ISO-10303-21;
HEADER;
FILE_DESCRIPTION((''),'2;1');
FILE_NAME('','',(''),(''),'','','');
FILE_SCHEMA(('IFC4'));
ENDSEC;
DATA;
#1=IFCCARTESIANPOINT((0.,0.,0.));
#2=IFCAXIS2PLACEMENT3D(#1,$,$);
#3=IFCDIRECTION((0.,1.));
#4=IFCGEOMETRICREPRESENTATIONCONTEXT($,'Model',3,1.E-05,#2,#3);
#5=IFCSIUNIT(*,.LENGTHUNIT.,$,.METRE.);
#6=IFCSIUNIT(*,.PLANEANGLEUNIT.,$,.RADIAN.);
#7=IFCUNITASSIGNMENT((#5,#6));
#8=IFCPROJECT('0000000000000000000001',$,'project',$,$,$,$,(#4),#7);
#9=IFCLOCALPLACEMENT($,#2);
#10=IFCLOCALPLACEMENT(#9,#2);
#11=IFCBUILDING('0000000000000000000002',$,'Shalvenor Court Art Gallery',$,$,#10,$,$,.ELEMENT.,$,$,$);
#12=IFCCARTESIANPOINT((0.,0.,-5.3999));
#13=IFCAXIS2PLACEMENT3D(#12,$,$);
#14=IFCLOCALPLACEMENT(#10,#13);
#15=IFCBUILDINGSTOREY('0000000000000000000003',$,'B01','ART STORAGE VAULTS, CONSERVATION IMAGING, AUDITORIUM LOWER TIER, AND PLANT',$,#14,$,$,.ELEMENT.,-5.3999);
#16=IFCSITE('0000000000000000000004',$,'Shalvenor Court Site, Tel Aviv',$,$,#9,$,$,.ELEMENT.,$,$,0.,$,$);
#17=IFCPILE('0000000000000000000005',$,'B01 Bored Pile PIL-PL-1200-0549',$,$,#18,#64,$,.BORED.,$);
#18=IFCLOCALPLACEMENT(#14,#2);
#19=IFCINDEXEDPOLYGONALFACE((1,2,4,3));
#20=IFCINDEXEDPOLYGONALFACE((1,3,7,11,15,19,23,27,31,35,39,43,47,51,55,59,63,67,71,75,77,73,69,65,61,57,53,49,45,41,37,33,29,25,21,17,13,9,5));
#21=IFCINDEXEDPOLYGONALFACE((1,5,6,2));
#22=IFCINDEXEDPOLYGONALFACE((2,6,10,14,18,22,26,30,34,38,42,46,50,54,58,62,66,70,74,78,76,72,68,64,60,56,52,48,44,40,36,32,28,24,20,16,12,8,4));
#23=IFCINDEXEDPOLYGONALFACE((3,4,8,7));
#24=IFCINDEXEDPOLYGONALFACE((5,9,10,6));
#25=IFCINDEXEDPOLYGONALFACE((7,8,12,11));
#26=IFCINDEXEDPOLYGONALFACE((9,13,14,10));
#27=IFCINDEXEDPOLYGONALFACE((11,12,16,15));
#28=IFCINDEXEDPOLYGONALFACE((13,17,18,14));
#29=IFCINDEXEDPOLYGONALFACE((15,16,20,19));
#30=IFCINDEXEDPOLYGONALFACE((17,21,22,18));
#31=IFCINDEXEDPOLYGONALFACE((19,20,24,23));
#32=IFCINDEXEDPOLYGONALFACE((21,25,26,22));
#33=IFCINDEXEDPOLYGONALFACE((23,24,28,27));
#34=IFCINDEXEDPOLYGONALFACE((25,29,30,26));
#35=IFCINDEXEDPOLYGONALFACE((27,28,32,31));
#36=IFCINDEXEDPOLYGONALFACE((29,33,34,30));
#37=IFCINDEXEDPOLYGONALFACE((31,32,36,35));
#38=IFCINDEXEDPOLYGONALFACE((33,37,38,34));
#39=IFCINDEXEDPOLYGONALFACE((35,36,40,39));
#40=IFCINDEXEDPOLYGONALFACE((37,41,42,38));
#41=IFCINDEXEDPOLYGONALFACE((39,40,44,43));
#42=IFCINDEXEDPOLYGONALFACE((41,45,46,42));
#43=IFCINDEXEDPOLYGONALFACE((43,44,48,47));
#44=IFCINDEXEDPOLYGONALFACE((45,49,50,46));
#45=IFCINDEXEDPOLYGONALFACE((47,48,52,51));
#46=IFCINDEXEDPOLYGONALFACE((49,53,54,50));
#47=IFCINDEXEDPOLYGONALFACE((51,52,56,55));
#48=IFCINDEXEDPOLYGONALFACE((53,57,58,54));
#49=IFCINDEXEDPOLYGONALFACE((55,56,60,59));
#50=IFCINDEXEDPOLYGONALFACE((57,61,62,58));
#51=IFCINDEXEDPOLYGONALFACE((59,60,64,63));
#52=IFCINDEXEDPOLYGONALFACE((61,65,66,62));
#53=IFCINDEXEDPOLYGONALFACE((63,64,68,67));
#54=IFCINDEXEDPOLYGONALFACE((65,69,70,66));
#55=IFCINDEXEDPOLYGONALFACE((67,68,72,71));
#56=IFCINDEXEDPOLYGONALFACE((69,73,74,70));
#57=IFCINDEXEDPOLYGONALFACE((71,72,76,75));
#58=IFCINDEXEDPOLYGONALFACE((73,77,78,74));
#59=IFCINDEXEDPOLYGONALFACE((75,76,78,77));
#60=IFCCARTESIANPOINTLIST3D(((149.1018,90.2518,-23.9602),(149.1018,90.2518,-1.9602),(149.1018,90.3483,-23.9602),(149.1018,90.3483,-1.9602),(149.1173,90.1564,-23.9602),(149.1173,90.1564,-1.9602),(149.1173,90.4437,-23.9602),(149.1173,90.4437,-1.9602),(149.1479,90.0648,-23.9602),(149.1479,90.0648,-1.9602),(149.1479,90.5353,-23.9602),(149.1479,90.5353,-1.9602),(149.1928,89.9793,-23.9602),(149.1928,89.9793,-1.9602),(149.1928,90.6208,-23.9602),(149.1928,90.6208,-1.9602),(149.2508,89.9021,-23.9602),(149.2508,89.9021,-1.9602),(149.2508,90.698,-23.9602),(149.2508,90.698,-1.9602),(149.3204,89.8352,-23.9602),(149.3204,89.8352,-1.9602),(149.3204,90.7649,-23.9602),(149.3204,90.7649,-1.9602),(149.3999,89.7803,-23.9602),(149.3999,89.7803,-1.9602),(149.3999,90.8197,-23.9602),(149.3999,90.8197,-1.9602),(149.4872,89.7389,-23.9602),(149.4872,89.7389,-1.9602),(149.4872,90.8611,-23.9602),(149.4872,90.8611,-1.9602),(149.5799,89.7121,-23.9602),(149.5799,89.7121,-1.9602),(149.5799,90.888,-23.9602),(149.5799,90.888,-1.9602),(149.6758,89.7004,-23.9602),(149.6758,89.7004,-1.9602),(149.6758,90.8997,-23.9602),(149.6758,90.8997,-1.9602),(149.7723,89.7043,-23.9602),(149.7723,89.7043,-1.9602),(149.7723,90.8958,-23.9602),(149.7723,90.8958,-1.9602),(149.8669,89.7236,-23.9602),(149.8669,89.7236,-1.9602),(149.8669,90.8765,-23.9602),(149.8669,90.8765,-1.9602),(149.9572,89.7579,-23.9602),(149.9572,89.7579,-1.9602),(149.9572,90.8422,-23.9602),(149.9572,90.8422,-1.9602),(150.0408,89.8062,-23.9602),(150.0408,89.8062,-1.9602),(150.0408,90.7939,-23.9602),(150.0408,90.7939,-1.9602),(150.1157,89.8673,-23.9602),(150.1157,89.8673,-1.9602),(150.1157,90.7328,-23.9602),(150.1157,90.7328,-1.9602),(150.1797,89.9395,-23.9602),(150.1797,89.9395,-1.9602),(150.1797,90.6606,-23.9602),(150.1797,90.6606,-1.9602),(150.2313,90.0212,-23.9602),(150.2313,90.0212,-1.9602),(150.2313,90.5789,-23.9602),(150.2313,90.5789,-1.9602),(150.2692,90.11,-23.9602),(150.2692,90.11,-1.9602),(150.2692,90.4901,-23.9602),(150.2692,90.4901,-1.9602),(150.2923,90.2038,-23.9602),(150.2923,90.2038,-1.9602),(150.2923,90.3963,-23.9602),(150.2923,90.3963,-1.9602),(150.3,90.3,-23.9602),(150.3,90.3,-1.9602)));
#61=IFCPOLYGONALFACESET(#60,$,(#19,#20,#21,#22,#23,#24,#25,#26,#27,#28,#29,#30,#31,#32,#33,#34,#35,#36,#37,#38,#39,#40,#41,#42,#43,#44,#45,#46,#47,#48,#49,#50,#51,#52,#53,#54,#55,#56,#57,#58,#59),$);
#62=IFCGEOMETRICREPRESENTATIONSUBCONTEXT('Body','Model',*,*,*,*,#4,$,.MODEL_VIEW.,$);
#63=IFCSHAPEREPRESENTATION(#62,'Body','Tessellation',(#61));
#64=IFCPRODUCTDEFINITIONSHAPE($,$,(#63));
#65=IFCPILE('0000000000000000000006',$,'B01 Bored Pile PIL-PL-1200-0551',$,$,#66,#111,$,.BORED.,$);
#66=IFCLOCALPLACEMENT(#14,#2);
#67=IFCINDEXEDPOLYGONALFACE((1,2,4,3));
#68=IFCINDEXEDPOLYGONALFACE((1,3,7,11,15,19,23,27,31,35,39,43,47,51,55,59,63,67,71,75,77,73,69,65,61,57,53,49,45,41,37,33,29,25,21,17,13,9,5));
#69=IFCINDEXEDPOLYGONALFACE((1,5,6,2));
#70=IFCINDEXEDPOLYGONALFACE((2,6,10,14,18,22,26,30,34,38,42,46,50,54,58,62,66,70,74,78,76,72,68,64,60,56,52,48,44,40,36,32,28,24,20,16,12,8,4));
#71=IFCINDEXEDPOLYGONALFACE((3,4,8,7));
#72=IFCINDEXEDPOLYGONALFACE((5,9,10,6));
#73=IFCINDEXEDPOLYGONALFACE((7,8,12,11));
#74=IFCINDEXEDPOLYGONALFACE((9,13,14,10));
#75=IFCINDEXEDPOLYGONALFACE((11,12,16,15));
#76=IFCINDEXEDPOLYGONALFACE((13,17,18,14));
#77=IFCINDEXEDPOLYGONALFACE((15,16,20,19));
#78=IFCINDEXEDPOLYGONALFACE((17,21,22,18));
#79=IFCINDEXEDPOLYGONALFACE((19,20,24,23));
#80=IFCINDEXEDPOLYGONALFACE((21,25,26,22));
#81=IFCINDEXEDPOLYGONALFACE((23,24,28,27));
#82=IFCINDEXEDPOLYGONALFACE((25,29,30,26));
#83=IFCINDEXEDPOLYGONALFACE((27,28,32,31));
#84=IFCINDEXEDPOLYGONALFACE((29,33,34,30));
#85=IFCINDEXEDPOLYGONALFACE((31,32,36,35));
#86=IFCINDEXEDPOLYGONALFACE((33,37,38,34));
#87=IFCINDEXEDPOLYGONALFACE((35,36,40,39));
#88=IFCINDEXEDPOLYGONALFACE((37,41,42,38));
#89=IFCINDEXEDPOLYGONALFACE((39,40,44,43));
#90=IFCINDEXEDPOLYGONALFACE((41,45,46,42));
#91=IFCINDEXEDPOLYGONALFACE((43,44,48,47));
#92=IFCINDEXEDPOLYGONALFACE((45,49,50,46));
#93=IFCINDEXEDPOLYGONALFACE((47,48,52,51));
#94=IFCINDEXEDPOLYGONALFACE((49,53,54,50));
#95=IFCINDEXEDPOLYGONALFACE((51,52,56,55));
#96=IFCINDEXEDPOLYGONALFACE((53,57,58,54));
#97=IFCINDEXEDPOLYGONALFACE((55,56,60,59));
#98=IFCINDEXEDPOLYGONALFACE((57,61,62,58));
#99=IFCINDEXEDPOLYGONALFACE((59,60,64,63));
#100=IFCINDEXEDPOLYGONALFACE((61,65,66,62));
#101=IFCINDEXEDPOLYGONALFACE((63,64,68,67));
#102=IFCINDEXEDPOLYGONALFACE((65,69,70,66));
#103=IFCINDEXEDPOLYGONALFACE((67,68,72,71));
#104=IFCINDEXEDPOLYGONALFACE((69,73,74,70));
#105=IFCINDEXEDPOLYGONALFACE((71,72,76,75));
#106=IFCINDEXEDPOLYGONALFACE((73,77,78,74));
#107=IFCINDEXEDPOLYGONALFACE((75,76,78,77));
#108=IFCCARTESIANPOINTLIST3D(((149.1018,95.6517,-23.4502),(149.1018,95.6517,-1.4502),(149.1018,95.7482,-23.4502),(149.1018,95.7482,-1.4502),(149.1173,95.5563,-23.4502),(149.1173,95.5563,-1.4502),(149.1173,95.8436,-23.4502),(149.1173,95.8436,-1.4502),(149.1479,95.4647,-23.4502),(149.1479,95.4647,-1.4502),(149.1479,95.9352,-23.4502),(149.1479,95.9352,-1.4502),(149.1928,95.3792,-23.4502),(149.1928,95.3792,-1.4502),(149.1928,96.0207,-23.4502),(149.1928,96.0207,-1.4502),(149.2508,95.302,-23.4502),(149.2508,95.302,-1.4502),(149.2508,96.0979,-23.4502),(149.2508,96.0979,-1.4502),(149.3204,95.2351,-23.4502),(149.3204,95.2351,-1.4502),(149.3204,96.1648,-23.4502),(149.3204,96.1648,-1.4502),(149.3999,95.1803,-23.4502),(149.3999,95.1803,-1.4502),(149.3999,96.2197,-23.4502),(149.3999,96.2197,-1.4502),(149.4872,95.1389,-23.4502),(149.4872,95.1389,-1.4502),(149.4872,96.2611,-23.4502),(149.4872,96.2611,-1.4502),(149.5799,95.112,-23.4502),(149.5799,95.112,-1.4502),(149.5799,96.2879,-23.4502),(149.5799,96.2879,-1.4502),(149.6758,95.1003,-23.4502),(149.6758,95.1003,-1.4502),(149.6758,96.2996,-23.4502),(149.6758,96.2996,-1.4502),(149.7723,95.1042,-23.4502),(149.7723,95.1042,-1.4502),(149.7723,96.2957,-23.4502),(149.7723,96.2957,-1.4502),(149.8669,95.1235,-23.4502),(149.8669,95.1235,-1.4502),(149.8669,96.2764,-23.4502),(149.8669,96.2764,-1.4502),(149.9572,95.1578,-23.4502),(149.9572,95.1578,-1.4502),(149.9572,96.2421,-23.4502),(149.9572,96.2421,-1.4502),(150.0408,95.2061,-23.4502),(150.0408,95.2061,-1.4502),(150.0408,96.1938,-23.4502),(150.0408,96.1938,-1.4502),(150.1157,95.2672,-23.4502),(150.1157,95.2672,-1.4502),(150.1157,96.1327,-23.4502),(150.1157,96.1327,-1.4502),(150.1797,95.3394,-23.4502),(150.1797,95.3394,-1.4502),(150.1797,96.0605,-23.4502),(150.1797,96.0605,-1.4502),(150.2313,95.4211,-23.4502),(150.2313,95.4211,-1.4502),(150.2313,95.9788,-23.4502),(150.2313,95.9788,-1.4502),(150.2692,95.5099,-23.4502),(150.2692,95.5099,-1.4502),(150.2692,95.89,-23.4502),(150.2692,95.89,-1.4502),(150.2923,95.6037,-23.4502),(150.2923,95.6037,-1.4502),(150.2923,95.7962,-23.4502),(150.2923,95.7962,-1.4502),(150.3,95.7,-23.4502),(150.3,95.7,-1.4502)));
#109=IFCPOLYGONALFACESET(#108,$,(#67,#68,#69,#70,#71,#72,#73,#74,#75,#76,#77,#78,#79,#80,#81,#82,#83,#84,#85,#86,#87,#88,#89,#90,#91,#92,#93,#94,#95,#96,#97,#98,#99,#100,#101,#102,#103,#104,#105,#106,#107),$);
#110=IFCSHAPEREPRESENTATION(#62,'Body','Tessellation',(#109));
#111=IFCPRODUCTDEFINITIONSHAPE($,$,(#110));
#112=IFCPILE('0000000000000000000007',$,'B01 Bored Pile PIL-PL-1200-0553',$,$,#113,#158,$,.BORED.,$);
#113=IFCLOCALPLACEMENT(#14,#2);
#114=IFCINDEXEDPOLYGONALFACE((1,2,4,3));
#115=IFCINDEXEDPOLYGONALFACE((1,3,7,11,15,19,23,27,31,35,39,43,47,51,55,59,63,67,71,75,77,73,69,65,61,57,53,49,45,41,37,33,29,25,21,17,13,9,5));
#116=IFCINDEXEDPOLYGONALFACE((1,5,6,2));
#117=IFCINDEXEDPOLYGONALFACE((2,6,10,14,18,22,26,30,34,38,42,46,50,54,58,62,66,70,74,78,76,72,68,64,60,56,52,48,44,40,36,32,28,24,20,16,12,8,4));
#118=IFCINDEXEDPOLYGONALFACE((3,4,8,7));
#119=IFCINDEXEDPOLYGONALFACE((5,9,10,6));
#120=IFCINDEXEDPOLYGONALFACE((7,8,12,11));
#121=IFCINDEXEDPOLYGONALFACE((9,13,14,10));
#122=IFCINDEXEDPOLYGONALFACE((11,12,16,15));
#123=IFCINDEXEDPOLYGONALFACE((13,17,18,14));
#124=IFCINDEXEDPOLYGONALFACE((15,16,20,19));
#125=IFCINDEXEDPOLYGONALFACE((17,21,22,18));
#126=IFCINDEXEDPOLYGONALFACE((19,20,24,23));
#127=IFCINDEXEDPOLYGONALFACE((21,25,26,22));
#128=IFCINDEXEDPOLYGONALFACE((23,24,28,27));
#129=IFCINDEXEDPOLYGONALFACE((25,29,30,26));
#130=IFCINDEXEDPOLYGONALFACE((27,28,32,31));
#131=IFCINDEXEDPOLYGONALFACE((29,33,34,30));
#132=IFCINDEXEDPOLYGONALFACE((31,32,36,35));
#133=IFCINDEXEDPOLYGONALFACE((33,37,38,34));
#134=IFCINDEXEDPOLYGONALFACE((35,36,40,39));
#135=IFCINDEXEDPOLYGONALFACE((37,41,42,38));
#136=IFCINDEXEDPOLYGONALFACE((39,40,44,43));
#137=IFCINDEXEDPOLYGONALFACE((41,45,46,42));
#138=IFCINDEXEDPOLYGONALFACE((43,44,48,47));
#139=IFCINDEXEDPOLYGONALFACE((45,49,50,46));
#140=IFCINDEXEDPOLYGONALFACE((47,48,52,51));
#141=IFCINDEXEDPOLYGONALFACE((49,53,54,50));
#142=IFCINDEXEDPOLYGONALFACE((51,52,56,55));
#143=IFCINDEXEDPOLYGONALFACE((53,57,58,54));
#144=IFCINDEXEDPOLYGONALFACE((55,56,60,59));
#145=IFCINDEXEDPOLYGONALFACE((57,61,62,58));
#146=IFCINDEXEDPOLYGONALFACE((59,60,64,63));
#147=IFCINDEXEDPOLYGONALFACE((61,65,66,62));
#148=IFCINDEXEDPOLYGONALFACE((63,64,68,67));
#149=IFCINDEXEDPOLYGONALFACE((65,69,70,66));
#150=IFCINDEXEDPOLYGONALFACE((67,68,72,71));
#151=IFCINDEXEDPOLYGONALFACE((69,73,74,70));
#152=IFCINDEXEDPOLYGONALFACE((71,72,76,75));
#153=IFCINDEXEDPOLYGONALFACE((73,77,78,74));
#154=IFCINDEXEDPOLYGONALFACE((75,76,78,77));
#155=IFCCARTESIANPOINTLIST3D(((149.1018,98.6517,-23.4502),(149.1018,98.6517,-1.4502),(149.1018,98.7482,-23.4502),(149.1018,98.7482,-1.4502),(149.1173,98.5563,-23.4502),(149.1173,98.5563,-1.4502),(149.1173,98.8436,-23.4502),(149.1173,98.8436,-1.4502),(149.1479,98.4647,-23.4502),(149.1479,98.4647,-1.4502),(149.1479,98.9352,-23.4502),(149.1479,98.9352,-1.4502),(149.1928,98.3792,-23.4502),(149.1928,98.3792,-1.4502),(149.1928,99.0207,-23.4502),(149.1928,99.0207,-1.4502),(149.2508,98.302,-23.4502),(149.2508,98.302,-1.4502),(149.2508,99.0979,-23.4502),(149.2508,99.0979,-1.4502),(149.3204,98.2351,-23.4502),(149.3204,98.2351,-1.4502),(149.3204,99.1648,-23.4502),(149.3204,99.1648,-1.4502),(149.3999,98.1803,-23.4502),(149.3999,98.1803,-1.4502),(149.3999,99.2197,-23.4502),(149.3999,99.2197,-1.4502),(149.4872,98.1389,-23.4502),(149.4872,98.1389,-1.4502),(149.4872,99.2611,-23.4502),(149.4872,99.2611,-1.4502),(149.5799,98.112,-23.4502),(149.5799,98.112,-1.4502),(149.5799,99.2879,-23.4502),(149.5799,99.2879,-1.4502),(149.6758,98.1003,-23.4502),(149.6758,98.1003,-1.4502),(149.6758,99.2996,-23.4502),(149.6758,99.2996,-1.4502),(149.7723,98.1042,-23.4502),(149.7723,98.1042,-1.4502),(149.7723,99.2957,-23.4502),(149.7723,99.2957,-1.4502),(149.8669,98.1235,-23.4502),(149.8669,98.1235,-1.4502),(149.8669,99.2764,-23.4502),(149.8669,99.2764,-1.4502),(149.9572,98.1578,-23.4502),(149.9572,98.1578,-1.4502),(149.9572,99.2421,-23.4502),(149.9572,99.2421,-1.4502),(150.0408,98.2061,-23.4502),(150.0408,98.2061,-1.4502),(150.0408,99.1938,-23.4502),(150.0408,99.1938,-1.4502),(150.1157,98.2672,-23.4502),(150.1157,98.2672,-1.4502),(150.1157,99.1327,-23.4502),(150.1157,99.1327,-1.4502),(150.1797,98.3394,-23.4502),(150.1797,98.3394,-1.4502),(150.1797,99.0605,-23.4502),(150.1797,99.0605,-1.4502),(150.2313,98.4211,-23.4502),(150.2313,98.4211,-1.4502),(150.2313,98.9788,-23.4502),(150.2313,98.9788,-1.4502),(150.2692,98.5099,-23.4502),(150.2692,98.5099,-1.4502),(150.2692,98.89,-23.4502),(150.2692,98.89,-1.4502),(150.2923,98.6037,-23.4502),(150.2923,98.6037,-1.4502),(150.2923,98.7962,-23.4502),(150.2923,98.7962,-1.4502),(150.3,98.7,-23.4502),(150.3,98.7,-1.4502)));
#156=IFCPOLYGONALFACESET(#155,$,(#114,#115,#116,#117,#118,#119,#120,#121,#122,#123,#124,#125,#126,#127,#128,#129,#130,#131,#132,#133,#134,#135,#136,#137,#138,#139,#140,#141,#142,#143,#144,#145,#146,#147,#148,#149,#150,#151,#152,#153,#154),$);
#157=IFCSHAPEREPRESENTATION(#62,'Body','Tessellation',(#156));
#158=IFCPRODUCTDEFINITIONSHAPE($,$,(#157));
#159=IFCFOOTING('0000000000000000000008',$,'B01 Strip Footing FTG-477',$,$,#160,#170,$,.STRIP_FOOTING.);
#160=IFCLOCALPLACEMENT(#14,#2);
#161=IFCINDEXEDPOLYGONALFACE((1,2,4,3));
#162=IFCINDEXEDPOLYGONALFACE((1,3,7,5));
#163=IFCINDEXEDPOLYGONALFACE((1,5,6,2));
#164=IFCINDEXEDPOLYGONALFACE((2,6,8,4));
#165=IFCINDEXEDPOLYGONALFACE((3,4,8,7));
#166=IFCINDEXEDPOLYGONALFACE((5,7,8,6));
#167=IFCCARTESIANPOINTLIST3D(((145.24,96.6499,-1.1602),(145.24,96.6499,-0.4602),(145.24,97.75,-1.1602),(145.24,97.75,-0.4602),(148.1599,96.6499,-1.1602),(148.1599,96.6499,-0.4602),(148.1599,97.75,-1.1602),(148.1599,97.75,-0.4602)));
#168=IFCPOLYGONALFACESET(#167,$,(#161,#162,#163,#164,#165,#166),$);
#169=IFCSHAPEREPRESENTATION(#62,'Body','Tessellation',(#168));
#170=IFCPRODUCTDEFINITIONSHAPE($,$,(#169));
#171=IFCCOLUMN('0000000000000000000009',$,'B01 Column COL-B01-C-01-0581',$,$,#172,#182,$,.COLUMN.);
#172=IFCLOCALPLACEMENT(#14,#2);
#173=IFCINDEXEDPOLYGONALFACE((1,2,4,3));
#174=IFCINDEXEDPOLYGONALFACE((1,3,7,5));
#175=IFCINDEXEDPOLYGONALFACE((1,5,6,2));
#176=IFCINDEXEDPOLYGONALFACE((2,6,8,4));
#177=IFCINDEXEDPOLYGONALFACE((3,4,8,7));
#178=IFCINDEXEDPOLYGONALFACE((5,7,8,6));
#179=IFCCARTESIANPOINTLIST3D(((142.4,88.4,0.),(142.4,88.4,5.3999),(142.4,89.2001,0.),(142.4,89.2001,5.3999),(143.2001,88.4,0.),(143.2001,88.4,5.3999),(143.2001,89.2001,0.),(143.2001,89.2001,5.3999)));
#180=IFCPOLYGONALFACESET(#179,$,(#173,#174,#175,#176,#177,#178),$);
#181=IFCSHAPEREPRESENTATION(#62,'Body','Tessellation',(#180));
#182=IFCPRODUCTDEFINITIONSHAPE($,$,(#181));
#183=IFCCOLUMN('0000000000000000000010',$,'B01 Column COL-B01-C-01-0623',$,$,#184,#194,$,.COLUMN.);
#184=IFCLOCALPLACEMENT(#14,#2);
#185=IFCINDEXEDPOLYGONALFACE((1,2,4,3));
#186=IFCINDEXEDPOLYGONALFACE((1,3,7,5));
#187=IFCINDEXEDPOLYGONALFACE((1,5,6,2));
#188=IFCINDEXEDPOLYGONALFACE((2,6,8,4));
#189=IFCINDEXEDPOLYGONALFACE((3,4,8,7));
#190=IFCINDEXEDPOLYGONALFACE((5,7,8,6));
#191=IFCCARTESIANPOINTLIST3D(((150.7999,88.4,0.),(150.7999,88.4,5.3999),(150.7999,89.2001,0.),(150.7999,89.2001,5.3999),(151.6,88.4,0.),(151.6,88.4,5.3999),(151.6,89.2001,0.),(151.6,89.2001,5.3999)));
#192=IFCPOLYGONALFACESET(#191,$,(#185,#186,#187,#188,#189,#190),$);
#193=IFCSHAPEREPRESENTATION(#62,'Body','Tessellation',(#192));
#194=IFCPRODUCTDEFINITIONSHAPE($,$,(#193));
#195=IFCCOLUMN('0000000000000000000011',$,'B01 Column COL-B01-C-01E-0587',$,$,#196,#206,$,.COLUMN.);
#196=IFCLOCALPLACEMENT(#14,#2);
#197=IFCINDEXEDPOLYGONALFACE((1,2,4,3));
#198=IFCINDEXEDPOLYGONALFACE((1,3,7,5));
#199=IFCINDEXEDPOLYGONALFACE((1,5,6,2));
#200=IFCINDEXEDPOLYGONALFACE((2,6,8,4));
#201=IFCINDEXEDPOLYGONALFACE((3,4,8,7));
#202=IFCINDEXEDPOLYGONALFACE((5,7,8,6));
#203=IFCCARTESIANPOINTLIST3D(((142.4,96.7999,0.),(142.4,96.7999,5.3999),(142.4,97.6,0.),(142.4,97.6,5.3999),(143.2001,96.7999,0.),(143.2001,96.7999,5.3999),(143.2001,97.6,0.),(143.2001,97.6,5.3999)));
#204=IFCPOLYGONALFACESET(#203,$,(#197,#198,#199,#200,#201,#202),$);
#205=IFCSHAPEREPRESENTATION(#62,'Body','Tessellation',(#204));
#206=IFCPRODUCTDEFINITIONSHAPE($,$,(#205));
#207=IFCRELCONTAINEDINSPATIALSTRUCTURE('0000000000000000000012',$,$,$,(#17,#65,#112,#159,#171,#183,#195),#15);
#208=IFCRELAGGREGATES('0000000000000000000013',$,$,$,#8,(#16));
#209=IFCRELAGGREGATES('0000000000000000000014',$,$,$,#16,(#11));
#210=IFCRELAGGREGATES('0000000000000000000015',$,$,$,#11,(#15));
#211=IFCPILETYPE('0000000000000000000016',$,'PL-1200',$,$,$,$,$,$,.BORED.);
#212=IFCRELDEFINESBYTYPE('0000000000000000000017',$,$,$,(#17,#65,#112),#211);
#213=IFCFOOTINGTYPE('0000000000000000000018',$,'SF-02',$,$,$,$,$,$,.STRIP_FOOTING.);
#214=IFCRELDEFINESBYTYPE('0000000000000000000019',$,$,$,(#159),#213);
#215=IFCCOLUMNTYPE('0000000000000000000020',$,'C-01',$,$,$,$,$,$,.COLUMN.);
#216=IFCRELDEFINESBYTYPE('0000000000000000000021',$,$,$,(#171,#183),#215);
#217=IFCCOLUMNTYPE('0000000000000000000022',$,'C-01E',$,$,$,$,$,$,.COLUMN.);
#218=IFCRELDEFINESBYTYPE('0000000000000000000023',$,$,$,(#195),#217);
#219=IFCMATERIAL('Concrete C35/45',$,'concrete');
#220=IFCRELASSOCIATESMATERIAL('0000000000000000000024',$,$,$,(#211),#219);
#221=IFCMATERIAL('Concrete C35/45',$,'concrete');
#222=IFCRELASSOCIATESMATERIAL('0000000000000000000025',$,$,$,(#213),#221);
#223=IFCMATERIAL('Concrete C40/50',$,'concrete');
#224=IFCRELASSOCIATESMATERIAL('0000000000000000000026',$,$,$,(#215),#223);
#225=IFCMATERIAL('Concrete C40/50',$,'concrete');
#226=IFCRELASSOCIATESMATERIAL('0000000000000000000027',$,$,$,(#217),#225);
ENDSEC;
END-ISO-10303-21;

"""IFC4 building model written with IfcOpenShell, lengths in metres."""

from ifc_helpers import new_model, si_unit, direction, frame, origin, origin_2d, place, context, subcontext, project, spatial, rectangle, circle, extrude, material, material_profile, profile_set, type_object, element, save


model = new_model("IFC4")

# Units and contexts
model_context = context("Model", 3, precision=1e-05, world=origin(), true_north=direction((0.0, 1.0)))
body_context = subcontext(model_context, "Body", "Model", "MODEL_VIEW")
ifc_project = project(units=[si_unit("LENGTHUNIT", "METRE"), si_unit("PLANEANGLEUNIT", "RADIAN")], contexts=[model_context])

# Site, building, storey
site_placement = place(None, origin())
site = spatial("IfcSite", under=ifc_project, at=site_placement, Name="Shalvenor Court Site, Tel Aviv", CompositionType="ELEMENT", RefElevation=0.0)
building_placement = place(site_placement, origin())
building = spatial("IfcBuilding", under=site, at=building_placement, Name="Shalvenor Court Art Gallery", CompositionType="ELEMENT")
storey_placement = place(building_placement, frame((0.0, 0.0, -5.3999)))
storey = spatial("IfcBuildingStorey", under=building, at=storey_placement, Name="B01", Description="ART STORAGE VAULTS, CONSERVATION IMAGING, AUDITORIUM LOWER TIER, AND PLANT", CompositionType="ELEMENT", Elevation=-5.3999)

# Piles
ifc_material_1 = material(Name="Concrete C35/45", Category="concrete")
ifc_material_profile_1 = material_profile(ifc_material_1, circle(Radius=0.6001, at=origin_2d()), Name="PILE 1200")
ifc_profile_set_1 = profile_set([ifc_material_profile_1], Name="Concrete C35/45")
pile_type = type_object("IfcPileType", Name="PL-1200", PredefinedType="BORED", material=ifc_profile_set_1)
for number, where, z_axis, x_axis, name in (
    (1, (149.7, 90.3, -1.9602), (0.0, 0.0, -1.0), (1.0, 0.0, 0.0), "B01 Bored Pile PIL-PL-1200-0549"),
    (2, (149.7, 95.7, -1.4502), (0.0, 0.0, -1.0), (1.0, 0.0, 0.0), "B01 Bored Pile PIL-PL-1200-0551"),
    (3, (149.7, 98.7, -1.4502), (0.0, 0.0, -1.0), (1.0, 0.0, 0.0), "B01 Bored Pile PIL-PL-1200-0553"),
):
    element("IfcPile", number, at=place(storey_placement, frame(where, z_axis=z_axis, x_axis=x_axis)), inside=storey, type_object=pile_type, Name=name, PredefinedType="BORED", context=body_context, shape_type="SweptSolid", body=[
        extrude(circle(Radius=0.6001, at=origin_2d()), origin(), (0.0, 0.0, 1.0), 22.0),
    ])

# Footing
ifc_material_2 = material(Name="Concrete C35/45", Category="concrete")
footing_type_1 = type_object("IfcFootingType", Name="SF-02", PredefinedType="STRIP_FOOTING", material=ifc_material_2)
footing_1_placement = place(storey_placement, frame((146.7, 97.2, -1.1602), z_axis=(0.0, 0.0, 1.0), x_axis=(1.0, 0.0, 0.0)))
element("IfcFooting", 4, at=footing_1_placement, inside=storey, type_object=footing_type_1, Name="B01 Strip Footing FTG-477", PredefinedType="STRIP_FOOTING", context=body_context, shape_type="SweptSolid", body=[
    extrude(rectangle(XDim=2.9199, YDim=1.1001, at=origin_2d()), origin(), (0.0, 0.0, 1.0), 0.7),
])

# Columns
ifc_material_3 = material(Name="Concrete C40/50", Category="concrete")
ifc_material_profile_2 = material_profile(ifc_material_3, rectangle(XDim=0.8, YDim=0.8, at=origin_2d()), Name="RC 800x800")
ifc_profile_set_2 = profile_set([ifc_material_profile_2], Name="Concrete C40/50")
column_type_1 = type_object("IfcColumnType", Name="C-01", PredefinedType="COLUMN", material=ifc_profile_set_2)
for number, where, z_axis, x_axis, name in (
    (5, (142.8, 88.8, 0.0), (0.0, 0.0, 1.0), (1.0, 0.0, 0.0), "B01 Column COL-B01-C-01-0581"),
    (6, (151.2, 88.8, 0.0), (0.0, 0.0, 1.0), (1.0, 0.0, 0.0), "B01 Column COL-B01-C-01-0623"),
):
    element("IfcColumn", number, at=place(storey_placement, frame(where, z_axis=z_axis, x_axis=x_axis)), inside=storey, type_object=column_type_1, Name=name, PredefinedType="COLUMN", context=body_context, shape_type="SweptSolid", body=[
        extrude(rectangle(XDim=0.8, YDim=0.8, at=origin_2d()), origin(), (0.0, 0.0, 1.0), 5.3999),
    ])
ifc_material_4 = material(Name="Concrete C40/50", Category="concrete")
ifc_material_profile_3 = material_profile(ifc_material_4, rectangle(XDim=0.8, YDim=0.8, at=origin_2d()), Name="RC 800x800")
ifc_profile_set_3 = profile_set([ifc_material_profile_3], Name="Concrete C40/50")
column_type_2 = type_object("IfcColumnType", Name="C-01E", PredefinedType="COLUMN", material=ifc_profile_set_3)
column_placement = place(storey_placement, frame((142.8, 97.2, 0.0), z_axis=(0.0, 0.0, 1.0), x_axis=(1.0, 0.0, 0.0)))
element("IfcColumn", 7, at=column_placement, inside=storey, type_object=column_type_2, Name="B01 Column COL-B01-C-01E-0587", PredefinedType="COLUMN", context=body_context, shape_type="SweptSolid", body=[
    extrude(rectangle(XDim=0.8, YDim=0.8, at=origin_2d()), origin(), (0.0, 0.0, 1.0), 5.3999),
])

save(model, "model.ifc")
